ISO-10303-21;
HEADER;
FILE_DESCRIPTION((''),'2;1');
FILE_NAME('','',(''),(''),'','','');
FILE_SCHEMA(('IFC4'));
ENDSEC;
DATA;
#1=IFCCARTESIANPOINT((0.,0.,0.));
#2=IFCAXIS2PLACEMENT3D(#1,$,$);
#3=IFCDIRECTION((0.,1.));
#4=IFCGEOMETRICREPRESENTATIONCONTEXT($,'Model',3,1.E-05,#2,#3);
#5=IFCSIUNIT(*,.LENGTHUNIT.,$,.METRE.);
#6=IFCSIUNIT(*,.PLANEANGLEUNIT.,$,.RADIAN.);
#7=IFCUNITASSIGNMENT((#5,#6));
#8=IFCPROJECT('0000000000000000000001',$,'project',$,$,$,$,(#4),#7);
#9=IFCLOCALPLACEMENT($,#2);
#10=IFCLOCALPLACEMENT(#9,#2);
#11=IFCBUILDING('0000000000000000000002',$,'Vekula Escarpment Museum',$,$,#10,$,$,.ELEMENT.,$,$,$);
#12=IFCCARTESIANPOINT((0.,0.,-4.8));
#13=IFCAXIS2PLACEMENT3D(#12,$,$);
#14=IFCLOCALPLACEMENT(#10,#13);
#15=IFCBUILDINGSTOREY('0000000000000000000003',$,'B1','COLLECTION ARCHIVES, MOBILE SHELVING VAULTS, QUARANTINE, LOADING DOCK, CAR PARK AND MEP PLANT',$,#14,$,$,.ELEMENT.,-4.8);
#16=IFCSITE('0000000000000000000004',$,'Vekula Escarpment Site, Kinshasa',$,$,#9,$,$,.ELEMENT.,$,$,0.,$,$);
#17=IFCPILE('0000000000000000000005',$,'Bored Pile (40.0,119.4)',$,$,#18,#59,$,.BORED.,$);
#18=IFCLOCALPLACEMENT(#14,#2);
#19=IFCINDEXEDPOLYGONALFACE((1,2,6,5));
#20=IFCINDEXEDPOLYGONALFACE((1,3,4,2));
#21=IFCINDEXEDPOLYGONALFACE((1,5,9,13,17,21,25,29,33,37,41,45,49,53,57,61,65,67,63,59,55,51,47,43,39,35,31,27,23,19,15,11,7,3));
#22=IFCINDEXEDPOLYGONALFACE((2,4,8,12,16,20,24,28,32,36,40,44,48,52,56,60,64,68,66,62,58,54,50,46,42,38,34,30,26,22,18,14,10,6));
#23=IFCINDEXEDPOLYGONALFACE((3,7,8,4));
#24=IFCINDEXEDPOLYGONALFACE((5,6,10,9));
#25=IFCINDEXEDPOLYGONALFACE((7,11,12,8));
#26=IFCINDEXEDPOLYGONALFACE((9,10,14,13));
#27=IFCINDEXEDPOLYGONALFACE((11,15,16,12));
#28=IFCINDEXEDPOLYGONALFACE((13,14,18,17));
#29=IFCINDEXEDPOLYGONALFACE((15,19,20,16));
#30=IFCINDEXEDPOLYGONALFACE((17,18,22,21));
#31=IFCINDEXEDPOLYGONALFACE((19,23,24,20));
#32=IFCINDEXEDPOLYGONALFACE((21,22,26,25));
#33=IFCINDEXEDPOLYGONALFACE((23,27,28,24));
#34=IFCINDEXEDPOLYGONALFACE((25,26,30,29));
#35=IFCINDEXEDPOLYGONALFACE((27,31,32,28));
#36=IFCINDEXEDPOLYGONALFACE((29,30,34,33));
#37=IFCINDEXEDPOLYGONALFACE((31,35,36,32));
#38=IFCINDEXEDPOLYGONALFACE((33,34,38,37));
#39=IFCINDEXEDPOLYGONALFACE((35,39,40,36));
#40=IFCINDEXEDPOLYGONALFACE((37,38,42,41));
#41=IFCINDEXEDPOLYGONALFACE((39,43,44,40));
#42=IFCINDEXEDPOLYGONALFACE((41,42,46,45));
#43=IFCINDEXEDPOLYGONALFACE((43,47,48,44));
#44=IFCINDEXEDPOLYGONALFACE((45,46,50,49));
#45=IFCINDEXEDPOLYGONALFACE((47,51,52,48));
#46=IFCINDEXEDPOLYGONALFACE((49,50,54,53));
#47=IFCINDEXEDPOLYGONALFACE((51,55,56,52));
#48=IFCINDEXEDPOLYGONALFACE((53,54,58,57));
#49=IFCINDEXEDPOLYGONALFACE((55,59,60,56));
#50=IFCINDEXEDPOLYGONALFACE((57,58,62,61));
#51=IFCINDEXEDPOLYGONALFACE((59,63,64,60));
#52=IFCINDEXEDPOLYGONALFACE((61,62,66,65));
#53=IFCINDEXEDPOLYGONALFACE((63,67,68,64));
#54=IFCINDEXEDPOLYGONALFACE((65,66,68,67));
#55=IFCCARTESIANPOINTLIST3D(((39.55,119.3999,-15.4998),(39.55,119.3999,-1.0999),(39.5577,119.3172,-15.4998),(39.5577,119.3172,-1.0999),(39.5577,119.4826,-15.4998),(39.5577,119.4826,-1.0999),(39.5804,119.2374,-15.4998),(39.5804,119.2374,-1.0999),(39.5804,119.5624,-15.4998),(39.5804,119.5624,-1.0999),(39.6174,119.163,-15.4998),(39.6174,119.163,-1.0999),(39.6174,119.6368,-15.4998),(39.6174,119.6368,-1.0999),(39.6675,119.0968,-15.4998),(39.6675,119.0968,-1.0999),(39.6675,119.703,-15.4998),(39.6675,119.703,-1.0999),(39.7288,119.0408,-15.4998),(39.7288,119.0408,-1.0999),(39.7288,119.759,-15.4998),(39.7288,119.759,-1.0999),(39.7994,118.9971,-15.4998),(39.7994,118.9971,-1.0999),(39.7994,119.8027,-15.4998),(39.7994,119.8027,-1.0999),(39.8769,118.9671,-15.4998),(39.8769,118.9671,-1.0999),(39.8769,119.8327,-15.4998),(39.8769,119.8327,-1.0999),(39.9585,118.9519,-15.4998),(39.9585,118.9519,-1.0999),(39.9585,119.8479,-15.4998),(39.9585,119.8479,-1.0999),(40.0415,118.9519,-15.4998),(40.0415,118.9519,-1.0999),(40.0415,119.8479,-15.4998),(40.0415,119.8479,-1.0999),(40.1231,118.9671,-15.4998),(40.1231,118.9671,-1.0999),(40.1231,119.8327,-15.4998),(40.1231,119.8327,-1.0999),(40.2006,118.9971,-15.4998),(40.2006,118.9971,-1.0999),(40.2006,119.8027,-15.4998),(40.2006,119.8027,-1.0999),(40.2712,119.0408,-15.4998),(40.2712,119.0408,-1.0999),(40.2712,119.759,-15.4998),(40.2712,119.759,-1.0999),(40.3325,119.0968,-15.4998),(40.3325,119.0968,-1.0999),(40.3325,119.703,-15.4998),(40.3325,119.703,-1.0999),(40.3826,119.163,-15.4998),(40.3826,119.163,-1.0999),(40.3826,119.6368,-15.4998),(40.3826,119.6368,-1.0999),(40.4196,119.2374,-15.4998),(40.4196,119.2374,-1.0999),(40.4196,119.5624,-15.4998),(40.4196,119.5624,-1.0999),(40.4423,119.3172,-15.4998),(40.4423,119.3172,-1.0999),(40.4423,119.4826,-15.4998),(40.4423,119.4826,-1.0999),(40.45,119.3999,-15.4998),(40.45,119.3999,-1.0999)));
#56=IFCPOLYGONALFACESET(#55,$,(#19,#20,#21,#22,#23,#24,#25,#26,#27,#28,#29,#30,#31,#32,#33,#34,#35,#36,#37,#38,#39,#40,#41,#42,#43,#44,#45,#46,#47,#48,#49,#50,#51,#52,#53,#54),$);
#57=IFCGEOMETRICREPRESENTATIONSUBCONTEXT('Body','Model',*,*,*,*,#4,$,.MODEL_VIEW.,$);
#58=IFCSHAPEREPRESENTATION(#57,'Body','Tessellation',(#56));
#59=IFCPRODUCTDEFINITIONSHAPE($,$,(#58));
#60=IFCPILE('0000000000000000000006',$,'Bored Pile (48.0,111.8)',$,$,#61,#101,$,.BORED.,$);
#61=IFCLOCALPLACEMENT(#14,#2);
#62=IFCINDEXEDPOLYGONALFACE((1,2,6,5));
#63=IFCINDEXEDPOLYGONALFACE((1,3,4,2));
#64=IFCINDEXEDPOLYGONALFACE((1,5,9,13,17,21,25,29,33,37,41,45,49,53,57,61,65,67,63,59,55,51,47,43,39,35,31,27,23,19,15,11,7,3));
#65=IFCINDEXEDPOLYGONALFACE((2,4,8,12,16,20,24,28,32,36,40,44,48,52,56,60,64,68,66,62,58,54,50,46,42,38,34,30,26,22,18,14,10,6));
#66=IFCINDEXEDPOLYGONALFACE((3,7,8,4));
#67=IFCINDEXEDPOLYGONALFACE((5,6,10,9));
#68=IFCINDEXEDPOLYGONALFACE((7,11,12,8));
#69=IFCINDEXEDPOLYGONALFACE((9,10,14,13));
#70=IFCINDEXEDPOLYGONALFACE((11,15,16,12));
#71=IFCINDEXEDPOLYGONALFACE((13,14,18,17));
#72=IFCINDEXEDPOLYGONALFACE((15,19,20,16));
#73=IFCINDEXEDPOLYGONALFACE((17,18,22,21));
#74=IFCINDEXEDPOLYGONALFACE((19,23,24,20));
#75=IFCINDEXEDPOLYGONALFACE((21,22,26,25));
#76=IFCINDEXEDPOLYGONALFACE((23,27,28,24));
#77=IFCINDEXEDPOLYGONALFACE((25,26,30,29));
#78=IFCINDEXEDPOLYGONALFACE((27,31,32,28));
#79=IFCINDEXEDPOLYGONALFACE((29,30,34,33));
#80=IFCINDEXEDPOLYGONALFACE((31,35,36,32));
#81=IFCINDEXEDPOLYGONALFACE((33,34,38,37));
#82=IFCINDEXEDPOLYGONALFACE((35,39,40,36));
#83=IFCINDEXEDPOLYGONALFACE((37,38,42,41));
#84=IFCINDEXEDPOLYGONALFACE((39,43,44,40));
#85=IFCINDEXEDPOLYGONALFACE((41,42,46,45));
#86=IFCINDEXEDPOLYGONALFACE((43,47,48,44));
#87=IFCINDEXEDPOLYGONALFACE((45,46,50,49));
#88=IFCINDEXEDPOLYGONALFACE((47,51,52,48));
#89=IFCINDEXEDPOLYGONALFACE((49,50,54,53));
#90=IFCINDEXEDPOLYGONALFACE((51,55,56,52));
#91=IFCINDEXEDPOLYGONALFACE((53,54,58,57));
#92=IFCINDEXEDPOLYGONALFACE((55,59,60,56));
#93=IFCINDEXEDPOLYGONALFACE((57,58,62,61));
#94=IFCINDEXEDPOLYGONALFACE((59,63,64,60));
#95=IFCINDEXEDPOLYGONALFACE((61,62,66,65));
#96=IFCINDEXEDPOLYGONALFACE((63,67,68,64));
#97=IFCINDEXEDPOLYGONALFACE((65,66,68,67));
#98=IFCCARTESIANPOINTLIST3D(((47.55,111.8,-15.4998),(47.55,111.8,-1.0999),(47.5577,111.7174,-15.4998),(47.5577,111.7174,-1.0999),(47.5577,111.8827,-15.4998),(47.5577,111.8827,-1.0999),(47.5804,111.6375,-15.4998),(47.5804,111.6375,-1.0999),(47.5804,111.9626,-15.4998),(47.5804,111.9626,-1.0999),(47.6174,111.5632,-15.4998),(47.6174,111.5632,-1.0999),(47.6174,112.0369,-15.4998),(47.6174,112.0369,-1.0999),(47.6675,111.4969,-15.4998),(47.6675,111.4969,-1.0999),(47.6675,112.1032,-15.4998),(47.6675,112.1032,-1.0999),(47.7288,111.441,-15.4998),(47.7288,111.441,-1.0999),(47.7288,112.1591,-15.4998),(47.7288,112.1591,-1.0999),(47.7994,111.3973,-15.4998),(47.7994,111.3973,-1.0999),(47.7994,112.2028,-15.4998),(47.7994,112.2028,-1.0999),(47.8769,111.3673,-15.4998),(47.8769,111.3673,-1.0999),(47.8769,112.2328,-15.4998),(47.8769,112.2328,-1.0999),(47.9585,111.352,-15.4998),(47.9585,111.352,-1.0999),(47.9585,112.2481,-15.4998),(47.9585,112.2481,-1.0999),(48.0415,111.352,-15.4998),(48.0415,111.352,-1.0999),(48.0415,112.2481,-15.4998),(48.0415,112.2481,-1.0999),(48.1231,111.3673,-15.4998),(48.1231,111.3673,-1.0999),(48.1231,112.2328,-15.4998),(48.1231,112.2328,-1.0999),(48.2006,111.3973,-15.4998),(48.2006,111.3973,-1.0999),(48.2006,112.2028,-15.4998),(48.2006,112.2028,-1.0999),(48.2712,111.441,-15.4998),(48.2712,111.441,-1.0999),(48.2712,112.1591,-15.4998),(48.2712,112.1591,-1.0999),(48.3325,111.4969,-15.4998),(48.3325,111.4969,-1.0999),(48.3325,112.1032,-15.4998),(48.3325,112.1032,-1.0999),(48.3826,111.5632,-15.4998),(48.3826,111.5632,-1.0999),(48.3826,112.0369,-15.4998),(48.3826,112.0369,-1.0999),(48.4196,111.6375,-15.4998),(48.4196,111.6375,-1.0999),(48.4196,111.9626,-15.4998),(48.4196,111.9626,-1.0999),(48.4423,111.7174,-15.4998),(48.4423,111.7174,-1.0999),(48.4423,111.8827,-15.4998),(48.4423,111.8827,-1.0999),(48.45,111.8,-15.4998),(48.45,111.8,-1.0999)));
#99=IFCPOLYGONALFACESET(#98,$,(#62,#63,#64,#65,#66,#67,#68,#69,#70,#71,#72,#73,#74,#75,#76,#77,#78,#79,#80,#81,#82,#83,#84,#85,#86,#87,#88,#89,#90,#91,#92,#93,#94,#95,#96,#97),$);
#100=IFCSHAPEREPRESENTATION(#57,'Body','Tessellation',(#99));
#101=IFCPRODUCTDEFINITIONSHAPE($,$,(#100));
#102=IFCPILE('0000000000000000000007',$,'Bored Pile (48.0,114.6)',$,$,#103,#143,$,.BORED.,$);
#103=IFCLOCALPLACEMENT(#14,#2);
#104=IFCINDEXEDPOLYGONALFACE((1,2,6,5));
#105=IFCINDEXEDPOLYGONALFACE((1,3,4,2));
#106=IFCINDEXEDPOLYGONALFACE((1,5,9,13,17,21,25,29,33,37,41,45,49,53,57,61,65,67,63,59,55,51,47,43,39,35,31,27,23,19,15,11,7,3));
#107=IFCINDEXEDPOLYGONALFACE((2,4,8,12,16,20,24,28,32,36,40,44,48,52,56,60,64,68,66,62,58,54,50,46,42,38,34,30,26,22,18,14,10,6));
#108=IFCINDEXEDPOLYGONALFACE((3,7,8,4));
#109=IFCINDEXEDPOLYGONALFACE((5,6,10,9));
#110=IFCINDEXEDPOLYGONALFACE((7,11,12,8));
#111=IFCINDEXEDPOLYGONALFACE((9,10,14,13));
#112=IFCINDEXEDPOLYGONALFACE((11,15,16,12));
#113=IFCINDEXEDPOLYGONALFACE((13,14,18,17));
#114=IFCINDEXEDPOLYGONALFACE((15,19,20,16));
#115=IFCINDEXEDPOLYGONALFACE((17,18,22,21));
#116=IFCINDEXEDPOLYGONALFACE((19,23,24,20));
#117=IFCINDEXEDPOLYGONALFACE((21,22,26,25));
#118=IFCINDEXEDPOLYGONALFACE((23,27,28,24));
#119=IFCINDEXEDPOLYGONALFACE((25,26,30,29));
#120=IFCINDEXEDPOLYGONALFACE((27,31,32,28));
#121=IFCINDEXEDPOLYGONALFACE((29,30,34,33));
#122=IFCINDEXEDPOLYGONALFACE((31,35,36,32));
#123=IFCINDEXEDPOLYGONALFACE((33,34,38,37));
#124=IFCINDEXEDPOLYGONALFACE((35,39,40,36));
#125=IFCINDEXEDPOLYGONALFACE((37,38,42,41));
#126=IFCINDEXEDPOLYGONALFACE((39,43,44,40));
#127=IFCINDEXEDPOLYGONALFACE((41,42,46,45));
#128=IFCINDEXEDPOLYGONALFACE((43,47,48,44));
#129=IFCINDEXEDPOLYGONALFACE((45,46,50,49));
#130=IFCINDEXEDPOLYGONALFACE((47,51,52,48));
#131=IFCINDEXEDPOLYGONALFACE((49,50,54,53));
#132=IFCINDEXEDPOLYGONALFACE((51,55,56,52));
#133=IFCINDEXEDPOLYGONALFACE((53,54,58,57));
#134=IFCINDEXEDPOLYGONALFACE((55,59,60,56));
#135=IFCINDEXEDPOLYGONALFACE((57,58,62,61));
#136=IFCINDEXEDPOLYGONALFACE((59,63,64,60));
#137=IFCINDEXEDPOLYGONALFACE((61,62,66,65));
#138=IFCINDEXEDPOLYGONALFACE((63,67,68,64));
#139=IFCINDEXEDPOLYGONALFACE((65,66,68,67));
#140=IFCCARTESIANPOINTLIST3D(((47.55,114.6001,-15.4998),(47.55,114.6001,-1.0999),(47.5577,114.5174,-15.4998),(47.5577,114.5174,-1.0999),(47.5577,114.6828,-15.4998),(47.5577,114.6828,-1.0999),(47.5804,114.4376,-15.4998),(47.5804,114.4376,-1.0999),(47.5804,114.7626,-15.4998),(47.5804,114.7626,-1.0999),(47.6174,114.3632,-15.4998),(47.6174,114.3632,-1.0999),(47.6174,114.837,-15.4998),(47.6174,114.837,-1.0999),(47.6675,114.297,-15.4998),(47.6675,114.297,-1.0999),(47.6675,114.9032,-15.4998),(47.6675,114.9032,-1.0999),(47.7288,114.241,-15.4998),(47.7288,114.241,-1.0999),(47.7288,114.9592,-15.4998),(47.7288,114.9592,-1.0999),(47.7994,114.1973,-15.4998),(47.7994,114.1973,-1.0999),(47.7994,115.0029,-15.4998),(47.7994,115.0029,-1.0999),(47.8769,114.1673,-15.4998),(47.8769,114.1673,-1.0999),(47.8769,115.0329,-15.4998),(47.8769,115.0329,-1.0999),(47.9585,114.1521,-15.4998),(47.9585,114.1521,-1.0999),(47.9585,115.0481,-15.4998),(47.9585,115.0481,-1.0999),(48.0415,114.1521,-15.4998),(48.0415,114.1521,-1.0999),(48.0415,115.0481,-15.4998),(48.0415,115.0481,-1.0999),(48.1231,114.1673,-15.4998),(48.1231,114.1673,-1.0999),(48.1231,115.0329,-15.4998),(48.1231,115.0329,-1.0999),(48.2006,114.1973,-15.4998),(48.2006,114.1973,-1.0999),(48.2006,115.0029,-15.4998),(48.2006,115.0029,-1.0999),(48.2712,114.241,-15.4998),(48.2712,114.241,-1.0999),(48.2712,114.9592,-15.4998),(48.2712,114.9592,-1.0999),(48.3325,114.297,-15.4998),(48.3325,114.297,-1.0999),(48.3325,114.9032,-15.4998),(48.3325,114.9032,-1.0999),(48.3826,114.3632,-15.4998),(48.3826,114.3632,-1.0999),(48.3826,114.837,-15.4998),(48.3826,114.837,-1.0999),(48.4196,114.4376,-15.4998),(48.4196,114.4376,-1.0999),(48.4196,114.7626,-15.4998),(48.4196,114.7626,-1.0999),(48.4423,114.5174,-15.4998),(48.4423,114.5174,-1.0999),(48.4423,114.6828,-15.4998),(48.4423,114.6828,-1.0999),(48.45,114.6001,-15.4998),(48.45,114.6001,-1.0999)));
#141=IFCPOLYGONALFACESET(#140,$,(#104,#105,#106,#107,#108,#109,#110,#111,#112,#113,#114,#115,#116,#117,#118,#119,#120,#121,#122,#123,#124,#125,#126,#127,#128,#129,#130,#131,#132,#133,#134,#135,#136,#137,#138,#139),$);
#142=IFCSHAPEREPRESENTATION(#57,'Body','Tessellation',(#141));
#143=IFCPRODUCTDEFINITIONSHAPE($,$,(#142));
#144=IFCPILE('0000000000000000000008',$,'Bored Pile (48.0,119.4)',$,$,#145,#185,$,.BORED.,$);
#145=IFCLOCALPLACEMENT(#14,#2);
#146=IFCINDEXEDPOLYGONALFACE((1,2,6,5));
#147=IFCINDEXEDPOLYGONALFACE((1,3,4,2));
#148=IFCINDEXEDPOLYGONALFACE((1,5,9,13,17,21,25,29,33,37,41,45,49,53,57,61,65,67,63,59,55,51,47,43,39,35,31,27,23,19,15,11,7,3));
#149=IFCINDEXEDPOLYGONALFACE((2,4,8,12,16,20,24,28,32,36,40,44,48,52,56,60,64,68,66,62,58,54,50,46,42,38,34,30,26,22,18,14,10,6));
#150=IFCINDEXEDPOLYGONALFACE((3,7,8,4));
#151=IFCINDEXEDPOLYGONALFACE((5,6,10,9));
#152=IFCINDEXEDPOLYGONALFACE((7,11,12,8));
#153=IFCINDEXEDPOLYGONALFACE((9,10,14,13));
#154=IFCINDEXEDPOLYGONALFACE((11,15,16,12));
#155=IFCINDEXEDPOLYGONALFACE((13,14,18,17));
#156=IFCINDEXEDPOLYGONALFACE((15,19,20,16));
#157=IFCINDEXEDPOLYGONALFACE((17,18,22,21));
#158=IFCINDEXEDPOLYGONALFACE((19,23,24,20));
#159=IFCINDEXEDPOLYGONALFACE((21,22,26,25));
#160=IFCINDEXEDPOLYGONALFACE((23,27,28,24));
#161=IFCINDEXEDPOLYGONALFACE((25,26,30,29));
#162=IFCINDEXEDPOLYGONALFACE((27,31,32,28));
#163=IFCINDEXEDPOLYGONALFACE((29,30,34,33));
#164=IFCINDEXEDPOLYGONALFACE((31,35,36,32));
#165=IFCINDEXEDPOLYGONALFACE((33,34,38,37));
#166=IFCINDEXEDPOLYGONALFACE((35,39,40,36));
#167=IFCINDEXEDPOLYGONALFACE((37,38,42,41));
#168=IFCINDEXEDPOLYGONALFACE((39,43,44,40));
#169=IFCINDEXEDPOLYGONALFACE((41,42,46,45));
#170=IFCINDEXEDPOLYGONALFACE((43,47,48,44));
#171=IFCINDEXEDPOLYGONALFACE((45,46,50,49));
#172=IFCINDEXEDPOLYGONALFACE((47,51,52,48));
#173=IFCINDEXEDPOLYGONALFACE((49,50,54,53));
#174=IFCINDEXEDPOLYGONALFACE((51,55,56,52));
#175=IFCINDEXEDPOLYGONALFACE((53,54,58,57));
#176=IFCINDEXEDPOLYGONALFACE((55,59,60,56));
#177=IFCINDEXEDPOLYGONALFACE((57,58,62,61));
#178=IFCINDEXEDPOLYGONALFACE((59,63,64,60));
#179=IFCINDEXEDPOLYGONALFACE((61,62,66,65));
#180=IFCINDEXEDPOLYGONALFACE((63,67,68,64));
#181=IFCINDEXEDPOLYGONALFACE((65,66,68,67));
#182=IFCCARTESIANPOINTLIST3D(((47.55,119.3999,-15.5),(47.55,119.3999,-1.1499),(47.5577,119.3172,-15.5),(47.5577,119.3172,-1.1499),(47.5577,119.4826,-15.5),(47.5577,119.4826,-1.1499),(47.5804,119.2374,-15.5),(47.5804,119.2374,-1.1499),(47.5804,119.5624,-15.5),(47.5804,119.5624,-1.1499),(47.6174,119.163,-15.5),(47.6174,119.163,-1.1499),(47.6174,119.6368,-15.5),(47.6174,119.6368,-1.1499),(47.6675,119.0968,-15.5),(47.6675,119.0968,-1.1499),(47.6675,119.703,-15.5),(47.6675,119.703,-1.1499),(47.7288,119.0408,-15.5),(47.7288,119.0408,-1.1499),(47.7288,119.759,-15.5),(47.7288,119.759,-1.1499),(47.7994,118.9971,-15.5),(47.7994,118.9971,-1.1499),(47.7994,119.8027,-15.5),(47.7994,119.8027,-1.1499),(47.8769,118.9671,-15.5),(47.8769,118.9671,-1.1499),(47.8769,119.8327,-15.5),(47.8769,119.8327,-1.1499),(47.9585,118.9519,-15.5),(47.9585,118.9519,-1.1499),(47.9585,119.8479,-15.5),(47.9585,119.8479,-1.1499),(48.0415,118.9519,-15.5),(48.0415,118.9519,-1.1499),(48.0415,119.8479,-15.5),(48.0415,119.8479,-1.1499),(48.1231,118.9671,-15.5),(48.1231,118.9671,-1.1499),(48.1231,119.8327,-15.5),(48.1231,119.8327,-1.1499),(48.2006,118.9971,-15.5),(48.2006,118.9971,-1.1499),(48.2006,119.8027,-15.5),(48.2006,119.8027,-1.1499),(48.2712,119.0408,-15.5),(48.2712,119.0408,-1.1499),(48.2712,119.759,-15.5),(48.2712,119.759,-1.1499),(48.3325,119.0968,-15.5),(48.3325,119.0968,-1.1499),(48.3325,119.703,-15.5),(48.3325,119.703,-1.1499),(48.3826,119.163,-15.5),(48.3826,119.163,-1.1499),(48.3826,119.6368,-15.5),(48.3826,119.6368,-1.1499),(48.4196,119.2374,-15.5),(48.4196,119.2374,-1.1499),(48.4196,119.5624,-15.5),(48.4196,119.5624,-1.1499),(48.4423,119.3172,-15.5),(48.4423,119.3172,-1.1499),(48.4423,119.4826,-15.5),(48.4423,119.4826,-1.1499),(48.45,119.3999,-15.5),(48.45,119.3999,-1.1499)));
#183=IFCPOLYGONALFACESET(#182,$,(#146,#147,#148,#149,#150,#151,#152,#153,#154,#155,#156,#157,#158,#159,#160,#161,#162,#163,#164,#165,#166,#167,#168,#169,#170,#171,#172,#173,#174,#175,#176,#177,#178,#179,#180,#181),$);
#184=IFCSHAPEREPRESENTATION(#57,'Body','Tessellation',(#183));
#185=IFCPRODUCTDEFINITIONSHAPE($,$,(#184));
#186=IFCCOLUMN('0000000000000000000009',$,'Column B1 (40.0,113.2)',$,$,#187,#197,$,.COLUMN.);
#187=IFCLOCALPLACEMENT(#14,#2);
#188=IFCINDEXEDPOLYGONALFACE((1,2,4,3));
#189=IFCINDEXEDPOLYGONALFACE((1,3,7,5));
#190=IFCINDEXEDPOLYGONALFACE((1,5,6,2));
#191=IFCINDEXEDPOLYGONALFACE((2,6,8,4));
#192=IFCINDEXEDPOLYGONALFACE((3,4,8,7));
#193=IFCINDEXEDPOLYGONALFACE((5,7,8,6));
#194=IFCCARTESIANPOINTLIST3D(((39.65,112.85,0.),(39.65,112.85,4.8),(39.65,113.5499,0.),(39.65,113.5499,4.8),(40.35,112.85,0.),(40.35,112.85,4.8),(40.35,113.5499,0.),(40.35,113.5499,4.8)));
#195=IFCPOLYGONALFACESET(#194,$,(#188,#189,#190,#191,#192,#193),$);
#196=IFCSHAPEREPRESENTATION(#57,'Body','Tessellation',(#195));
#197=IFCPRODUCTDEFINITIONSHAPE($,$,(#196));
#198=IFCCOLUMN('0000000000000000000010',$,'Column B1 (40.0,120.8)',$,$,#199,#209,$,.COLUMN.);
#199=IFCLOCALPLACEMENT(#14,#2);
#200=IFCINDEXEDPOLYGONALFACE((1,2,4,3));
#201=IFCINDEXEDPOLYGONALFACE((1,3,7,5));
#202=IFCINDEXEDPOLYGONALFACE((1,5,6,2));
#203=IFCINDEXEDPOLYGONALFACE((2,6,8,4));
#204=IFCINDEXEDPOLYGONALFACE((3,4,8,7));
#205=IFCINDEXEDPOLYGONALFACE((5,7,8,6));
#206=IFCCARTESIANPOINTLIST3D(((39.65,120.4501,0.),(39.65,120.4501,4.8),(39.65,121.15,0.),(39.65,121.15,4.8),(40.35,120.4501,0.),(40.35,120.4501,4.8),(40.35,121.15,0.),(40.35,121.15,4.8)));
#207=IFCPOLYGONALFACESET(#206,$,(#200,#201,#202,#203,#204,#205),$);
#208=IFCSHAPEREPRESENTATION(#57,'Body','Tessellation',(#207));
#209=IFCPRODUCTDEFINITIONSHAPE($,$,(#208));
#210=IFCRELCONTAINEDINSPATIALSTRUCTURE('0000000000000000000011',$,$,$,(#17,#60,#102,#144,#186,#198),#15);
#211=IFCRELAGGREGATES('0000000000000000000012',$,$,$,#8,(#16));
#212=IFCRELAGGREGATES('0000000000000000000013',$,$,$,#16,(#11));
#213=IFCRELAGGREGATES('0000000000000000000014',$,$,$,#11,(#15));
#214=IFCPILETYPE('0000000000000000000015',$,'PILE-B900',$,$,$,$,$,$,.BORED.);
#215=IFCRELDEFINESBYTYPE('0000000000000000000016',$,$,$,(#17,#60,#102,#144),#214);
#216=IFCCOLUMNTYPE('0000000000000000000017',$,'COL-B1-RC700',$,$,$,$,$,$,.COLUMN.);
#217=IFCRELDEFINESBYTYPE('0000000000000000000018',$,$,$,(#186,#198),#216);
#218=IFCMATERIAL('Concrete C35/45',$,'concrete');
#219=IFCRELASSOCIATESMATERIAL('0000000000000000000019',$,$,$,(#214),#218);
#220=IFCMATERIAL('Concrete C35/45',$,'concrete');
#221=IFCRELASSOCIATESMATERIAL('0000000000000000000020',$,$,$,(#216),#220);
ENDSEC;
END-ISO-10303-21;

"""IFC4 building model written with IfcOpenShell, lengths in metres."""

from ifc_helpers import new_model, si_unit, direction, frame, origin, origin_2d, place, context, subcontext, project, spatial, rectangle, circle, extrude, material, material_profile, profile_set, type_object, element, save


model = new_model("IFC4")

# Units and contexts
model_context = context("Model", 3, precision=1e-05, world=origin(), true_north=direction((0.0, 1.0)))
body_context = subcontext(model_context, "Body", "Model", "MODEL_VIEW")
ifc_project = project(units=[si_unit("LENGTHUNIT", "METRE"), si_unit("PLANEANGLEUNIT", "RADIAN")], contexts=[model_context])

# Site, building, storey
site_placement = place(None, origin())
site = spatial("IfcSite", under=ifc_project, at=site_placement, Name="Vekula Escarpment Site, Kinshasa", CompositionType="ELEMENT", RefElevation=0.0)
building_placement = place(site_placement, origin())
building = spatial("IfcBuilding", under=site, at=building_placement, Name="Vekula Escarpment Museum", CompositionType="ELEMENT")
storey_placement = place(building_placement, frame((0.0, 0.0, -4.8)))
storey = spatial("IfcBuildingStorey", under=building, at=storey_placement, Name="B1", Description="COLLECTION ARCHIVES, MOBILE SHELVING VAULTS, QUARANTINE, LOADING DOCK, CAR PARK AND MEP PLANT", CompositionType="ELEMENT", Elevation=-4.8)

# Piles
ifc_material_1 = material(Name="Concrete C35/45", Category="concrete")
ifc_material_profile_1 = material_profile(ifc_material_1, circle(Radius=0.45, at=origin_2d()), Name="BORED PILE 900")
ifc_profile_set_1 = profile_set([ifc_material_profile_1], Name="Concrete C35/45")
pile_type = type_object("IfcPileType", Name="PILE-B900", PredefinedType="BORED", material=ifc_profile_set_1)
for number, where, z_axis, x_axis, name in (
    (1, (40.0, 119.3999, -1.0999), (0.0, 0.0, -1.0), (1.0, 0.0, 0.0), "Bored Pile (40.0,119.4)"),
    (2, (48.0, 111.8, -1.0999), (0.0, 0.0, -1.0), (1.0, 0.0, 0.0), "Bored Pile (48.0,111.8)"),
    (3, (48.0, 114.6001, -1.0999), (0.0, 0.0, -1.0), (1.0, 0.0, 0.0), "Bored Pile (48.0,114.6)"),
):
    element("IfcPile", number, at=place(storey_placement, frame(where, z_axis=z_axis, x_axis=x_axis)), inside=storey, type_object=pile_type, Name=name, PredefinedType="BORED", context=body_context, shape_type="SweptSolid", body=[
        extrude(circle(Radius=0.45, at=origin_2d()), origin(), (0.0, 0.0, 1.0), 14.3999),
    ])
pile_placement = place(storey_placement, frame((48.0, 119.3999, -1.1499), z_axis=(0.0, 0.0, -1.0), x_axis=(1.0, 0.0, 0.0)))
element("IfcPile", 4, at=pile_placement, inside=storey, type_object=pile_type, Name="Bored Pile (48.0,119.4)", PredefinedType="BORED", context=body_context, shape_type="SweptSolid", body=[
    extrude(circle(Radius=0.45, at=origin_2d()), origin(), (0.0, 0.0, 1.0), 14.3501),
])

# Columns
ifc_material_2 = material(Name="Concrete C35/45", Category="concrete")
ifc_material_profile_2 = material_profile(ifc_material_2, rectangle(XDim=0.7, YDim=0.7, at=origin_2d()), Name="RC 700x700")
ifc_profile_set_2 = profile_set([ifc_material_profile_2], Name="Concrete C35/45")
column_type = type_object("IfcColumnType", Name="COL-B1-RC700", PredefinedType="COLUMN", material=ifc_profile_set_2)
for number, where, z_axis, x_axis, name in (
    (5, (40.0, 113.2, 0.0), (0.0, 0.0, 1.0), (1.0, 0.0, 0.0), "Column B1 (40.0,113.2)"),
    (6, (40.0, 120.8, 0.0), (0.0, 0.0, 1.0), (1.0, 0.0, 0.0), "Column B1 (40.0,120.8)"),
):
    element("IfcColumn", number, at=place(storey_placement, frame(where, z_axis=z_axis, x_axis=x_axis)), inside=storey, type_object=column_type, Name=name, PredefinedType="COLUMN", context=body_context, shape_type="SweptSolid", body=[
        extrude(rectangle(XDim=0.7, YDim=0.7, at=origin_2d()), origin(), (0.0, 0.0, 1.0), 4.8),
    ])

save(model, "model.ifc")
